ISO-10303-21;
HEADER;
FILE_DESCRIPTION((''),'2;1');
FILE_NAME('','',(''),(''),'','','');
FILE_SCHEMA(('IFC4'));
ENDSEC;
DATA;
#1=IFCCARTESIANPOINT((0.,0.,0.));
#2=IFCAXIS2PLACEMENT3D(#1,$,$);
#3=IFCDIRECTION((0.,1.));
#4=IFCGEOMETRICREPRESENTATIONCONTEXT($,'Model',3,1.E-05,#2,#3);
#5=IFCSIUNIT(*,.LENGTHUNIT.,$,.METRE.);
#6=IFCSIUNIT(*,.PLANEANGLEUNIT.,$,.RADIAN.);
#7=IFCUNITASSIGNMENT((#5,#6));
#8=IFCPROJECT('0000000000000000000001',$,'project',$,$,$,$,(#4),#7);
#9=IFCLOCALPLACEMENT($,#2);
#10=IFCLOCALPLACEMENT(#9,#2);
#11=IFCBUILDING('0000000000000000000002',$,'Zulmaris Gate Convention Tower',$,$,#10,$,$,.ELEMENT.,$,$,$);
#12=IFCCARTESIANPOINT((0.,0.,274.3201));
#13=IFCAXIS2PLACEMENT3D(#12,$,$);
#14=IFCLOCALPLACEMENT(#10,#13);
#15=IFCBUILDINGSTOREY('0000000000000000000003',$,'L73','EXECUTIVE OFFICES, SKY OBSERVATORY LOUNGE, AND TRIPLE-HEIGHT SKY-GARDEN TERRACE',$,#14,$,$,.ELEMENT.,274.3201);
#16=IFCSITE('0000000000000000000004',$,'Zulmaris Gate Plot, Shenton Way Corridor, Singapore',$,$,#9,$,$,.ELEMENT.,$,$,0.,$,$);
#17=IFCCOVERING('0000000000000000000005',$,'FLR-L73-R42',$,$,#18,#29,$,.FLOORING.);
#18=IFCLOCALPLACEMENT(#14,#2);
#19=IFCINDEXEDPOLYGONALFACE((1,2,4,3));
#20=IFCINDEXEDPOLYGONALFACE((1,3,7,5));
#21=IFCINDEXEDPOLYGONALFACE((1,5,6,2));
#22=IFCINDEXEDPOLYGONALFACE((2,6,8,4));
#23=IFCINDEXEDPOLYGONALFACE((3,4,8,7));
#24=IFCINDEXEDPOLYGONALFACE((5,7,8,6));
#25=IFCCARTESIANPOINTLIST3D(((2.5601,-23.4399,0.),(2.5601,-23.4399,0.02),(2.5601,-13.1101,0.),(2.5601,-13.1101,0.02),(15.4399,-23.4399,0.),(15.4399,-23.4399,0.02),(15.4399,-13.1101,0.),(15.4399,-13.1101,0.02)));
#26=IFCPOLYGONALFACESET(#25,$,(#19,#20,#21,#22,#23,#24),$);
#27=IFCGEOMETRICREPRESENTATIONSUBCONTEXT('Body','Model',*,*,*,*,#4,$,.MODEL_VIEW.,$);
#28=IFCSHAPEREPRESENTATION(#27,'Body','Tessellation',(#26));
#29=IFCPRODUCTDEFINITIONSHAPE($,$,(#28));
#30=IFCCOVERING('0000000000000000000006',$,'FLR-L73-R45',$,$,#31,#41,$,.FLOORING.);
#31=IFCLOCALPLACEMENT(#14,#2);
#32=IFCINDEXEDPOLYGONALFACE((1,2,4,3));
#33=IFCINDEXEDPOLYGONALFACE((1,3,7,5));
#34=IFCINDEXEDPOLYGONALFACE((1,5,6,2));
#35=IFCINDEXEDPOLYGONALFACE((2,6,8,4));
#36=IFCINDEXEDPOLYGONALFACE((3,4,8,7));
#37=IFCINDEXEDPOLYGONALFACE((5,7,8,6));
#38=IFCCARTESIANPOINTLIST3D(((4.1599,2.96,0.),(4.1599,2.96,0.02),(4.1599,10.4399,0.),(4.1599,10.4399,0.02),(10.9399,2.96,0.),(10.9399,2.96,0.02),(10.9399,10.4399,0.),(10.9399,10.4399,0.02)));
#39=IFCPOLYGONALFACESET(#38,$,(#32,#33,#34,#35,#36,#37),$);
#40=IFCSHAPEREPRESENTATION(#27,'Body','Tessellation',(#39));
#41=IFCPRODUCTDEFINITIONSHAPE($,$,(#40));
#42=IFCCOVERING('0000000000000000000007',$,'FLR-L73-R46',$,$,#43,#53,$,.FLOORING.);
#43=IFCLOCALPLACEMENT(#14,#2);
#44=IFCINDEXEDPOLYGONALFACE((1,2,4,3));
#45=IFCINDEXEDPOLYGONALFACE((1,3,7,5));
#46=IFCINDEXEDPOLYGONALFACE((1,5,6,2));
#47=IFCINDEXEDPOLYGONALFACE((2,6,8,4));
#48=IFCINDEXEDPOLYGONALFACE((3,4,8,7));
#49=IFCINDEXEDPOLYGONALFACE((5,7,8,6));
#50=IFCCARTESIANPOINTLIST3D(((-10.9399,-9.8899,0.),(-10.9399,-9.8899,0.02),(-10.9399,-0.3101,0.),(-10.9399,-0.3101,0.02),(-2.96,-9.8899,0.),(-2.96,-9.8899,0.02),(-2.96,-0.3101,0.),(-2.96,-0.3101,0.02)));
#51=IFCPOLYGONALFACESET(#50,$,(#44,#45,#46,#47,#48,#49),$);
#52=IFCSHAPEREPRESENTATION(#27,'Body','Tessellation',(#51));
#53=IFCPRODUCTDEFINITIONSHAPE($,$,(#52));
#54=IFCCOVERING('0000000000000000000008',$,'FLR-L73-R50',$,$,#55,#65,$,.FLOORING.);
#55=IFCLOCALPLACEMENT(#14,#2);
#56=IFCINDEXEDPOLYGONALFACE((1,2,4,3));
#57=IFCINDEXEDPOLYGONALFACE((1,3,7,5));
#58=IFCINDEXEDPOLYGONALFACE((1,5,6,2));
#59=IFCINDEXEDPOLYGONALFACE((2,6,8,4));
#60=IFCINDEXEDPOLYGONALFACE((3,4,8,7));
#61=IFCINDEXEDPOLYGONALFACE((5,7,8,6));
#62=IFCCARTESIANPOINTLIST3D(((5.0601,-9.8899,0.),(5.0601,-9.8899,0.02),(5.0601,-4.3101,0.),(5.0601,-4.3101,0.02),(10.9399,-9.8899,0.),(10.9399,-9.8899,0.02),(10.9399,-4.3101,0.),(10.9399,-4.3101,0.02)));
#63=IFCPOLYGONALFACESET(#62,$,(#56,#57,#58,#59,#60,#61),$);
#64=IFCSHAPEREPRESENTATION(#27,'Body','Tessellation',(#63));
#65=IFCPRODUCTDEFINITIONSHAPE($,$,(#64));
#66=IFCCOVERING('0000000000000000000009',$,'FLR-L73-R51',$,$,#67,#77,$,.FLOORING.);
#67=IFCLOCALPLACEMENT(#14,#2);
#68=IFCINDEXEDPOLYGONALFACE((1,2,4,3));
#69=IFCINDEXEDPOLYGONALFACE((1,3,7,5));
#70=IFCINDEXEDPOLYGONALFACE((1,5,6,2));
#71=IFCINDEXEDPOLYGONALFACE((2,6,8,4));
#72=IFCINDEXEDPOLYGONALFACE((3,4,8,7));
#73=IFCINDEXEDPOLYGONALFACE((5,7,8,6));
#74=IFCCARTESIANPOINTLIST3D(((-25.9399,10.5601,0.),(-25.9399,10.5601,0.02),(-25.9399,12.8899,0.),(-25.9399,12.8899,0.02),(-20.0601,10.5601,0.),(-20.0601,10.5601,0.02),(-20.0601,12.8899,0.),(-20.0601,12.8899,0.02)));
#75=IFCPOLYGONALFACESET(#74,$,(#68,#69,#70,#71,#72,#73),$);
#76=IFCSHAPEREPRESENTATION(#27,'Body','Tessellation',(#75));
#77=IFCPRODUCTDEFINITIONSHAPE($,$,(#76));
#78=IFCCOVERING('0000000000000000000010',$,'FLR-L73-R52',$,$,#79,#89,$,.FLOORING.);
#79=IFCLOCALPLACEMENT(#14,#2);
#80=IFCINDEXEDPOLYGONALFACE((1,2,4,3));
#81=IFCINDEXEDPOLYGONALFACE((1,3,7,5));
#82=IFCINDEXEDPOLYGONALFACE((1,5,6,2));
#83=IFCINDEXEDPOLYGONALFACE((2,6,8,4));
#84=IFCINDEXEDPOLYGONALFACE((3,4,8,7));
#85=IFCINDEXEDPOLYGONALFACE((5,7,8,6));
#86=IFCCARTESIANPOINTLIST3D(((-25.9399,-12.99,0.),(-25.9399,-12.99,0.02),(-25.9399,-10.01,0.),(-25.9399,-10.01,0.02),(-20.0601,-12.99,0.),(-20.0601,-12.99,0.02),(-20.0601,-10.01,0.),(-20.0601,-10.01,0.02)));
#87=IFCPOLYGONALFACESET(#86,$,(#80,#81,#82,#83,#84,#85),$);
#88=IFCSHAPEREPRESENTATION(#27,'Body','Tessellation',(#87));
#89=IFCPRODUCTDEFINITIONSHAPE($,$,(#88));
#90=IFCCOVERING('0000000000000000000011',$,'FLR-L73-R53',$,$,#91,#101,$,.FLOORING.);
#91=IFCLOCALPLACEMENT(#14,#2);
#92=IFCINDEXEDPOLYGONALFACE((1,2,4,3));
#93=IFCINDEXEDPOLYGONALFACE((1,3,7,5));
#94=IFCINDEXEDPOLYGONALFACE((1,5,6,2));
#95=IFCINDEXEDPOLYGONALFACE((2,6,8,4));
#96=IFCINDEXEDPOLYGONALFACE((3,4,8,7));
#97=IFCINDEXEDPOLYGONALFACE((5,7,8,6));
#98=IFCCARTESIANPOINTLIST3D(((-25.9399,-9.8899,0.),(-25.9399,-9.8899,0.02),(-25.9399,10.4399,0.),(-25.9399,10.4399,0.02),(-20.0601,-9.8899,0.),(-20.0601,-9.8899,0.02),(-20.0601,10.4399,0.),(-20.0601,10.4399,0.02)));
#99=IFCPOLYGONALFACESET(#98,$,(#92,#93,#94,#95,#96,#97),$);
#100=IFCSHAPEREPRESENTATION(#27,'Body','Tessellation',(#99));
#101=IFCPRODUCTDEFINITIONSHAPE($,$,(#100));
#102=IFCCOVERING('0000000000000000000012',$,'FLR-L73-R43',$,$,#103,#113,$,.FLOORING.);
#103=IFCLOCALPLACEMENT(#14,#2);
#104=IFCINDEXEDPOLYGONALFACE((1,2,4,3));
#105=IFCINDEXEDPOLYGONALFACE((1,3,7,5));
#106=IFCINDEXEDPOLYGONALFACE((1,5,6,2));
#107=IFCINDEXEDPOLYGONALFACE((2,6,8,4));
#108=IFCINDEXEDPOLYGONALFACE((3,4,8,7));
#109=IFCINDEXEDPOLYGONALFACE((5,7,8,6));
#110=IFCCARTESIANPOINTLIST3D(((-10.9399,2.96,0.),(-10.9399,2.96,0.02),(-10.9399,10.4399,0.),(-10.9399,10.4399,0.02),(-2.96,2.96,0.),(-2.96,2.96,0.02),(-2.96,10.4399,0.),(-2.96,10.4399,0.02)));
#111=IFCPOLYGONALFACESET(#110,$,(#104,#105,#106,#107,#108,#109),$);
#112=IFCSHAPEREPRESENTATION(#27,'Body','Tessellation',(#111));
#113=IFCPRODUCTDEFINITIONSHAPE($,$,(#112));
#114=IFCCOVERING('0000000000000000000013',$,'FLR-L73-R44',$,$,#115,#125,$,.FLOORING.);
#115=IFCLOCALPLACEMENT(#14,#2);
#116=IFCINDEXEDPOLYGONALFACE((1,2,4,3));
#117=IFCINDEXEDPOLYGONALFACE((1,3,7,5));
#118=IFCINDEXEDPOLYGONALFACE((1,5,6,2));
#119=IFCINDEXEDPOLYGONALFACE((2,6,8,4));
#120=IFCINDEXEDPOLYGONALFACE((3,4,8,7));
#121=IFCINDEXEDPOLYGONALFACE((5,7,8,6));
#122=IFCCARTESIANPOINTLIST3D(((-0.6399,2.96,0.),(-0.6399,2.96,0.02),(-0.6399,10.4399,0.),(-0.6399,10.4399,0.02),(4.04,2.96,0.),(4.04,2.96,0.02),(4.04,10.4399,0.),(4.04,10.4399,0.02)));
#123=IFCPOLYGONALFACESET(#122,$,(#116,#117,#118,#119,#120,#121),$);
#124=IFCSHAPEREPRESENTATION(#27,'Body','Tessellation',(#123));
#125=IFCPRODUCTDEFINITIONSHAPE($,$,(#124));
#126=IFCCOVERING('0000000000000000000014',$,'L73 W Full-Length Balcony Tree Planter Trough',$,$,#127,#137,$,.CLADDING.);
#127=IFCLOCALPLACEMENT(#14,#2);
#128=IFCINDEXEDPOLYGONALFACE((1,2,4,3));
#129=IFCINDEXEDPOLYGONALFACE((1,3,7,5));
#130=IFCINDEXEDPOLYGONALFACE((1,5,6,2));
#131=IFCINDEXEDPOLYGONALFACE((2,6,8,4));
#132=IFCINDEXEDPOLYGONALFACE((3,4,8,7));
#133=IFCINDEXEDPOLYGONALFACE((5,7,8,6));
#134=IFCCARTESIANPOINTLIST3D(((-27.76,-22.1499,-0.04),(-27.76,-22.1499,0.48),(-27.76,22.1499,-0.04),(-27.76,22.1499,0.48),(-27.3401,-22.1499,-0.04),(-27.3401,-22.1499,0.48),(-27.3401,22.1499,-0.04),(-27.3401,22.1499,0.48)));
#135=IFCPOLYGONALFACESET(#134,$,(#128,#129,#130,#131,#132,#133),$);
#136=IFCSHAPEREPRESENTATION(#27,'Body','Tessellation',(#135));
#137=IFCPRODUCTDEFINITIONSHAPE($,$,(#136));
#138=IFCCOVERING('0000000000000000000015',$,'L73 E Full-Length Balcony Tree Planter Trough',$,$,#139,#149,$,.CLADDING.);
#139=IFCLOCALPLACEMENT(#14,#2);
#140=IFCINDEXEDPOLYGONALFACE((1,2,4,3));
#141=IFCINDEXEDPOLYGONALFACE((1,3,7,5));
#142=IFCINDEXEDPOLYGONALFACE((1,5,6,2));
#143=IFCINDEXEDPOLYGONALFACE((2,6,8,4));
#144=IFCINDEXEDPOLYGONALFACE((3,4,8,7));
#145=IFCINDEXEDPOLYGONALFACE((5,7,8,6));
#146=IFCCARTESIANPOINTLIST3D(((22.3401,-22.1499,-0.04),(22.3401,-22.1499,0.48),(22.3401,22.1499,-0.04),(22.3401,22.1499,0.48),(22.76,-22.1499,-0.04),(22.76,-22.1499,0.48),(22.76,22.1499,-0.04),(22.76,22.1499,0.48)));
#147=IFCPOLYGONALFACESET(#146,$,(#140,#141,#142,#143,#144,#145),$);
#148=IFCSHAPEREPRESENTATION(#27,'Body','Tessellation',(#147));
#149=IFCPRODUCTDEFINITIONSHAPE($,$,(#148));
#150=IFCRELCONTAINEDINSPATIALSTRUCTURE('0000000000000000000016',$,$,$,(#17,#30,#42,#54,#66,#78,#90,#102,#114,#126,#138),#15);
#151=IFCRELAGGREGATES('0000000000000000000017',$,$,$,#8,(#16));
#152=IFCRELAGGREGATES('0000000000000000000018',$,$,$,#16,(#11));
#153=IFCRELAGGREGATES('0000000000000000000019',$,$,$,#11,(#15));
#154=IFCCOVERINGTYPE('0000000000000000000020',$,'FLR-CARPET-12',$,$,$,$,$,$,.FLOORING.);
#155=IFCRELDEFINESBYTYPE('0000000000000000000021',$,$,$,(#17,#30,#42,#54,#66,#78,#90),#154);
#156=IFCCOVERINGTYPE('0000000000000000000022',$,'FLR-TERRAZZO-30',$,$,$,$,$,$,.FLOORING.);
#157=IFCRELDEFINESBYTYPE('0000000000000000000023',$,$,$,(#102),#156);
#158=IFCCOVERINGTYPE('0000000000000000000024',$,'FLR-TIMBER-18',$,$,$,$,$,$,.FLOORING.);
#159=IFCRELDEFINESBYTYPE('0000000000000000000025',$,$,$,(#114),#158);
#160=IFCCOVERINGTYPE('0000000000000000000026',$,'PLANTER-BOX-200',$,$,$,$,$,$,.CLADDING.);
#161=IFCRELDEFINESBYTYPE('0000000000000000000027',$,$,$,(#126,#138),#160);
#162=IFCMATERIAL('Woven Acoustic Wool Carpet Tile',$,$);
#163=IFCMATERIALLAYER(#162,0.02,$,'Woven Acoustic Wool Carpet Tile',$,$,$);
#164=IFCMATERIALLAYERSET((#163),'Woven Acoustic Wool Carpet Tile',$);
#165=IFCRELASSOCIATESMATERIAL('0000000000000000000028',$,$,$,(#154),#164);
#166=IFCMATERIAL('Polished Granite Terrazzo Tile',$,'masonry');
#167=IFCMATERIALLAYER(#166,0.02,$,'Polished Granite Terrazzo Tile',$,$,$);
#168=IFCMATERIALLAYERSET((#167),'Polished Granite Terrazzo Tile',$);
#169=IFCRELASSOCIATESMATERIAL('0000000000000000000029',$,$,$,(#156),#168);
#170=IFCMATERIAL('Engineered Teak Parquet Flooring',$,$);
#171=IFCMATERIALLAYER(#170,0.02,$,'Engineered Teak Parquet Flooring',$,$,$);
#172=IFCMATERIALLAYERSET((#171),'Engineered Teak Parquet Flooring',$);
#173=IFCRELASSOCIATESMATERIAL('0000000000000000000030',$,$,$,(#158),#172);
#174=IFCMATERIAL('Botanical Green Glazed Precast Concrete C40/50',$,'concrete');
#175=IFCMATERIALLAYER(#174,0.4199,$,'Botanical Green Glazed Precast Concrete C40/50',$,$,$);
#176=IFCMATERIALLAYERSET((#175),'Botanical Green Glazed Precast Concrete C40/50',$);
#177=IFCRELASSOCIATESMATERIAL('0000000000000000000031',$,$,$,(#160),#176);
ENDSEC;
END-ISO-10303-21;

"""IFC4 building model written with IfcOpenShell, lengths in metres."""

from ifc_helpers import new_model, si_unit, direction, frame, origin, place, context, subcontext, project, spatial, polyline, outline, extrude, material, layer, layer_set, type_object, element, save


model = new_model("IFC4")

# Units and contexts
model_context = context("Model", 3, precision=1e-05, world=origin(), true_north=direction((0.0, 1.0)))
body_context = subcontext(model_context, "Body", "Model", "MODEL_VIEW")
ifc_project = project(units=[si_unit("LENGTHUNIT", "METRE"), si_unit("PLANEANGLEUNIT", "RADIAN")], contexts=[model_context])

# Site, building, storey
site_placement = place(None, origin())
site = spatial("IfcSite", under=ifc_project, at=site_placement, Name="Zulmaris Gate Plot, Shenton Way Corridor, Singapore", CompositionType="ELEMENT", RefElevation=0.0)
building_placement = place(site_placement, origin())
building = spatial("IfcBuilding", under=site, at=building_placement, Name="Zulmaris Gate Convention Tower", CompositionType="ELEMENT")
storey_placement = place(building_placement, frame((0.0, 0.0, 274.3201)))
storey = spatial("IfcBuildingStorey", under=building, at=storey_placement, Name="L73", Description="EXECUTIVE OFFICES, SKY OBSERVATORY LOUNGE, AND TRIPLE-HEIGHT SKY-GARDEN TERRACE", CompositionType="ELEMENT", Elevation=274.3201)

# Coverings
ifc_material_1 = material(Name="Woven Acoustic Wool Carpet Tile")
ifc_layer_1 = layer(ifc_material_1, 0.02, Name="Woven Acoustic Wool Carpet Tile")
ifc_layer_set_1 = layer_set([ifc_layer_1], Name="Woven Acoustic Wool Carpet Tile")
covering_type_1 = type_object("IfcCoveringType", Name="FLR-CARPET-12", PredefinedType="FLOORING", material=ifc_layer_set_1)
covering_1_placement = place(storey_placement, origin())
element("IfcCovering", 1, at=covering_1_placement, inside=storey, type_object=covering_type_1, Name="FLR-L73-R42", PredefinedType="FLOORING", context=body_context, shape_type="SweptSolid", body=[
    extrude(outline(polyline([(2.5601, -23.4399), (15.4399, -23.4399), (15.4399, -13.1101), (2.5601, -13.1101), (2.5601, -23.4399)])), origin(), (0.0, 0.0, 1.0), 0.02),
])
covering_2_placement = place(storey_placement, origin())
element("IfcCovering", 2, at=covering_2_placement, inside=storey, type_object=covering_type_1, Name="FLR-L73-R45", PredefinedType="FLOORING", context=body_context, shape_type="SweptSolid", body=[
    extrude(outline(polyline([(4.1599, 2.96), (10.9399, 2.96), (10.9399, 10.4399), (4.1599, 10.4399), (4.1599, 2.96)])), origin(), (0.0, 0.0, 1.0), 0.02),
])
covering_3_placement = place(storey_placement, origin())
element("IfcCovering", 3, at=covering_3_placement, inside=storey, type_object=covering_type_1, Name="FLR-L73-R46", PredefinedType="FLOORING", context=body_context, shape_type="SweptSolid", body=[
    extrude(outline(polyline([(-10.9399, -9.8899), (-2.96, -9.8899), (-2.96, -0.3101), (-10.9399, -0.3101), (-10.9399, -9.8899)])), origin(), (0.0, 0.0, 1.0), 0.02),
])
covering_4_placement = place(storey_placement, origin())
element("IfcCovering", 4, at=covering_4_placement, inside=storey, type_object=covering_type_1, Name="FLR-L73-R50", PredefinedType="FLOORING", context=body_context, shape_type="SweptSolid", body=[
    extrude(outline(polyline([(5.0601, -9.8899), (10.9399, -9.8899), (10.9399, -4.3101), (5.0601, -4.3101), (5.0601, -9.8899)])), origin(), (0.0, 0.0, 1.0), 0.02),
])
covering_5_placement = place(storey_placement, origin())
element("IfcCovering", 5, at=covering_5_placement, inside=storey, type_object=covering_type_1, Name="FLR-L73-R51", PredefinedType="FLOORING", context=body_context, shape_type="SweptSolid", body=[
    extrude(outline(polyline([(-25.9399, 10.5601), (-20.0601, 10.5601), (-20.0601, 12.8899), (-25.9399, 12.8899), (-25.9399, 10.5601)])), origin(), (0.0, 0.0, 1.0), 0.02),
])
covering_6_placement = place(storey_placement, origin())
element("IfcCovering", 6, at=covering_6_placement, inside=storey, type_object=covering_type_1, Name="FLR-L73-R52", PredefinedType="FLOORING", context=body_context, shape_type="SweptSolid", body=[
    extrude(outline(polyline([(-25.9399, -12.99), (-20.0601, -12.99), (-20.0601, -10.01), (-25.9399, -10.01), (-25.9399, -12.99)])), origin(), (0.0, 0.0, 1.0), 0.02),
])
covering_7_placement = place(storey_placement, origin())
element("IfcCovering", 7, at=covering_7_placement, inside=storey, type_object=covering_type_1, Name="FLR-L73-R53", PredefinedType="FLOORING", context=body_context, shape_type="SweptSolid", body=[
    extrude(outline(polyline([(-25.9399, -9.8899), (-20.0601, -9.8899), (-20.0601, 10.4399), (-25.9399, 10.4399), (-25.9399, -9.8899)])), origin(), (0.0, 0.0, 1.0), 0.02),
])
ifc_material_2 = material(Name="Polished Granite Terrazzo Tile", Category="masonry")
ifc_layer_2 = layer(ifc_material_2, 0.02, Name="Polished Granite Terrazzo Tile")
ifc_layer_set_2 = layer_set([ifc_layer_2], Name="Polished Granite Terrazzo Tile")
covering_type_2 = type_object("IfcCoveringType", Name="FLR-TERRAZZO-30", PredefinedType="FLOORING", material=ifc_layer_set_2)
covering_8_placement = place(storey_placement, origin())
element("IfcCovering", 8, at=covering_8_placement, inside=storey, type_object=covering_type_2, Name="FLR-L73-R43", PredefinedType="FLOORING", context=body_context, shape_type="SweptSolid", body=[
    extrude(outline(polyline([(-10.9399, 2.96), (-2.96, 2.96), (-2.96, 10.4399), (-10.9399, 10.4399), (-10.9399, 2.96)])), origin(), (0.0, 0.0, 1.0), 0.02),
])
ifc_material_3 = material(Name="Engineered Teak Parquet Flooring")
ifc_layer_3 = layer(ifc_material_3, 0.02, Name="Engineered Teak Parquet Flooring")
ifc_layer_set_3 = layer_set([ifc_layer_3], Name="Engineered Teak Parquet Flooring")
covering_type_3 = type_object("IfcCoveringType", Name="FLR-TIMBER-18", PredefinedType="FLOORING", material=ifc_layer_set_3)
covering_9_placement = place(storey_placement, origin())
element("IfcCovering", 9, at=covering_9_placement, inside=storey, type_object=covering_type_3, Name="FLR-L73-R44", PredefinedType="FLOORING", context=body_context, shape_type="SweptSolid", body=[
    extrude(outline(polyline([(-0.6399, 2.96), (4.04, 2.96), (4.04, 10.4399), (-0.6399, 10.4399), (-0.6399, 2.96)])), origin(), (0.0, 0.0, 1.0), 0.02),
])
ifc_material_4 = material(Name="Botanical Green Glazed Precast Concrete C40/50", Category="concrete")
ifc_layer_4 = layer(ifc_material_4, 0.4199, Name="Botanical Green Glazed Precast Concrete C40/50")
ifc_layer_set_4 = layer_set([ifc_layer_4], Name="Botanical Green Glazed Precast Concrete C40/50")
covering_type_4 = type_object("IfcCoveringType", Name="PLANTER-BOX-200", PredefinedType="CLADDING", material=ifc_layer_set_4)
covering_10_placement = place(storey_placement, frame((0.0, 0.0, -0.04)))
element("IfcCovering", 10, at=covering_10_placement, inside=storey, type_object=covering_type_4, Name="L73 W Full-Length Balcony Tree Planter Trough", PredefinedType="CLADDING", context=body_context, shape_type="SweptSolid", body=[
    extrude(outline(polyline([(-27.76, -22.1499), (-27.3401, -22.1499), (-27.3401, 22.1499), (-27.76, 22.1499), (-27.76, -22.1499)])), origin(), (0.0, 0.0, 1.0), 0.52),
])
covering_11_placement = place(storey_placement, frame((0.0, 0.0, -0.04)))
element("IfcCovering", 11, at=covering_11_placement, inside=storey, type_object=covering_type_4, Name="L73 E Full-Length Balcony Tree Planter Trough", PredefinedType="CLADDING", context=body_context, shape_type="SweptSolid", body=[
    extrude(outline(polyline([(22.3401, -22.1499), (22.76, -22.1499), (22.76, 22.1499), (22.3401, 22.1499), (22.3401, -22.1499)])), origin(), (0.0, 0.0, 1.0), 0.52),
])

save(model, "model.ifc")
